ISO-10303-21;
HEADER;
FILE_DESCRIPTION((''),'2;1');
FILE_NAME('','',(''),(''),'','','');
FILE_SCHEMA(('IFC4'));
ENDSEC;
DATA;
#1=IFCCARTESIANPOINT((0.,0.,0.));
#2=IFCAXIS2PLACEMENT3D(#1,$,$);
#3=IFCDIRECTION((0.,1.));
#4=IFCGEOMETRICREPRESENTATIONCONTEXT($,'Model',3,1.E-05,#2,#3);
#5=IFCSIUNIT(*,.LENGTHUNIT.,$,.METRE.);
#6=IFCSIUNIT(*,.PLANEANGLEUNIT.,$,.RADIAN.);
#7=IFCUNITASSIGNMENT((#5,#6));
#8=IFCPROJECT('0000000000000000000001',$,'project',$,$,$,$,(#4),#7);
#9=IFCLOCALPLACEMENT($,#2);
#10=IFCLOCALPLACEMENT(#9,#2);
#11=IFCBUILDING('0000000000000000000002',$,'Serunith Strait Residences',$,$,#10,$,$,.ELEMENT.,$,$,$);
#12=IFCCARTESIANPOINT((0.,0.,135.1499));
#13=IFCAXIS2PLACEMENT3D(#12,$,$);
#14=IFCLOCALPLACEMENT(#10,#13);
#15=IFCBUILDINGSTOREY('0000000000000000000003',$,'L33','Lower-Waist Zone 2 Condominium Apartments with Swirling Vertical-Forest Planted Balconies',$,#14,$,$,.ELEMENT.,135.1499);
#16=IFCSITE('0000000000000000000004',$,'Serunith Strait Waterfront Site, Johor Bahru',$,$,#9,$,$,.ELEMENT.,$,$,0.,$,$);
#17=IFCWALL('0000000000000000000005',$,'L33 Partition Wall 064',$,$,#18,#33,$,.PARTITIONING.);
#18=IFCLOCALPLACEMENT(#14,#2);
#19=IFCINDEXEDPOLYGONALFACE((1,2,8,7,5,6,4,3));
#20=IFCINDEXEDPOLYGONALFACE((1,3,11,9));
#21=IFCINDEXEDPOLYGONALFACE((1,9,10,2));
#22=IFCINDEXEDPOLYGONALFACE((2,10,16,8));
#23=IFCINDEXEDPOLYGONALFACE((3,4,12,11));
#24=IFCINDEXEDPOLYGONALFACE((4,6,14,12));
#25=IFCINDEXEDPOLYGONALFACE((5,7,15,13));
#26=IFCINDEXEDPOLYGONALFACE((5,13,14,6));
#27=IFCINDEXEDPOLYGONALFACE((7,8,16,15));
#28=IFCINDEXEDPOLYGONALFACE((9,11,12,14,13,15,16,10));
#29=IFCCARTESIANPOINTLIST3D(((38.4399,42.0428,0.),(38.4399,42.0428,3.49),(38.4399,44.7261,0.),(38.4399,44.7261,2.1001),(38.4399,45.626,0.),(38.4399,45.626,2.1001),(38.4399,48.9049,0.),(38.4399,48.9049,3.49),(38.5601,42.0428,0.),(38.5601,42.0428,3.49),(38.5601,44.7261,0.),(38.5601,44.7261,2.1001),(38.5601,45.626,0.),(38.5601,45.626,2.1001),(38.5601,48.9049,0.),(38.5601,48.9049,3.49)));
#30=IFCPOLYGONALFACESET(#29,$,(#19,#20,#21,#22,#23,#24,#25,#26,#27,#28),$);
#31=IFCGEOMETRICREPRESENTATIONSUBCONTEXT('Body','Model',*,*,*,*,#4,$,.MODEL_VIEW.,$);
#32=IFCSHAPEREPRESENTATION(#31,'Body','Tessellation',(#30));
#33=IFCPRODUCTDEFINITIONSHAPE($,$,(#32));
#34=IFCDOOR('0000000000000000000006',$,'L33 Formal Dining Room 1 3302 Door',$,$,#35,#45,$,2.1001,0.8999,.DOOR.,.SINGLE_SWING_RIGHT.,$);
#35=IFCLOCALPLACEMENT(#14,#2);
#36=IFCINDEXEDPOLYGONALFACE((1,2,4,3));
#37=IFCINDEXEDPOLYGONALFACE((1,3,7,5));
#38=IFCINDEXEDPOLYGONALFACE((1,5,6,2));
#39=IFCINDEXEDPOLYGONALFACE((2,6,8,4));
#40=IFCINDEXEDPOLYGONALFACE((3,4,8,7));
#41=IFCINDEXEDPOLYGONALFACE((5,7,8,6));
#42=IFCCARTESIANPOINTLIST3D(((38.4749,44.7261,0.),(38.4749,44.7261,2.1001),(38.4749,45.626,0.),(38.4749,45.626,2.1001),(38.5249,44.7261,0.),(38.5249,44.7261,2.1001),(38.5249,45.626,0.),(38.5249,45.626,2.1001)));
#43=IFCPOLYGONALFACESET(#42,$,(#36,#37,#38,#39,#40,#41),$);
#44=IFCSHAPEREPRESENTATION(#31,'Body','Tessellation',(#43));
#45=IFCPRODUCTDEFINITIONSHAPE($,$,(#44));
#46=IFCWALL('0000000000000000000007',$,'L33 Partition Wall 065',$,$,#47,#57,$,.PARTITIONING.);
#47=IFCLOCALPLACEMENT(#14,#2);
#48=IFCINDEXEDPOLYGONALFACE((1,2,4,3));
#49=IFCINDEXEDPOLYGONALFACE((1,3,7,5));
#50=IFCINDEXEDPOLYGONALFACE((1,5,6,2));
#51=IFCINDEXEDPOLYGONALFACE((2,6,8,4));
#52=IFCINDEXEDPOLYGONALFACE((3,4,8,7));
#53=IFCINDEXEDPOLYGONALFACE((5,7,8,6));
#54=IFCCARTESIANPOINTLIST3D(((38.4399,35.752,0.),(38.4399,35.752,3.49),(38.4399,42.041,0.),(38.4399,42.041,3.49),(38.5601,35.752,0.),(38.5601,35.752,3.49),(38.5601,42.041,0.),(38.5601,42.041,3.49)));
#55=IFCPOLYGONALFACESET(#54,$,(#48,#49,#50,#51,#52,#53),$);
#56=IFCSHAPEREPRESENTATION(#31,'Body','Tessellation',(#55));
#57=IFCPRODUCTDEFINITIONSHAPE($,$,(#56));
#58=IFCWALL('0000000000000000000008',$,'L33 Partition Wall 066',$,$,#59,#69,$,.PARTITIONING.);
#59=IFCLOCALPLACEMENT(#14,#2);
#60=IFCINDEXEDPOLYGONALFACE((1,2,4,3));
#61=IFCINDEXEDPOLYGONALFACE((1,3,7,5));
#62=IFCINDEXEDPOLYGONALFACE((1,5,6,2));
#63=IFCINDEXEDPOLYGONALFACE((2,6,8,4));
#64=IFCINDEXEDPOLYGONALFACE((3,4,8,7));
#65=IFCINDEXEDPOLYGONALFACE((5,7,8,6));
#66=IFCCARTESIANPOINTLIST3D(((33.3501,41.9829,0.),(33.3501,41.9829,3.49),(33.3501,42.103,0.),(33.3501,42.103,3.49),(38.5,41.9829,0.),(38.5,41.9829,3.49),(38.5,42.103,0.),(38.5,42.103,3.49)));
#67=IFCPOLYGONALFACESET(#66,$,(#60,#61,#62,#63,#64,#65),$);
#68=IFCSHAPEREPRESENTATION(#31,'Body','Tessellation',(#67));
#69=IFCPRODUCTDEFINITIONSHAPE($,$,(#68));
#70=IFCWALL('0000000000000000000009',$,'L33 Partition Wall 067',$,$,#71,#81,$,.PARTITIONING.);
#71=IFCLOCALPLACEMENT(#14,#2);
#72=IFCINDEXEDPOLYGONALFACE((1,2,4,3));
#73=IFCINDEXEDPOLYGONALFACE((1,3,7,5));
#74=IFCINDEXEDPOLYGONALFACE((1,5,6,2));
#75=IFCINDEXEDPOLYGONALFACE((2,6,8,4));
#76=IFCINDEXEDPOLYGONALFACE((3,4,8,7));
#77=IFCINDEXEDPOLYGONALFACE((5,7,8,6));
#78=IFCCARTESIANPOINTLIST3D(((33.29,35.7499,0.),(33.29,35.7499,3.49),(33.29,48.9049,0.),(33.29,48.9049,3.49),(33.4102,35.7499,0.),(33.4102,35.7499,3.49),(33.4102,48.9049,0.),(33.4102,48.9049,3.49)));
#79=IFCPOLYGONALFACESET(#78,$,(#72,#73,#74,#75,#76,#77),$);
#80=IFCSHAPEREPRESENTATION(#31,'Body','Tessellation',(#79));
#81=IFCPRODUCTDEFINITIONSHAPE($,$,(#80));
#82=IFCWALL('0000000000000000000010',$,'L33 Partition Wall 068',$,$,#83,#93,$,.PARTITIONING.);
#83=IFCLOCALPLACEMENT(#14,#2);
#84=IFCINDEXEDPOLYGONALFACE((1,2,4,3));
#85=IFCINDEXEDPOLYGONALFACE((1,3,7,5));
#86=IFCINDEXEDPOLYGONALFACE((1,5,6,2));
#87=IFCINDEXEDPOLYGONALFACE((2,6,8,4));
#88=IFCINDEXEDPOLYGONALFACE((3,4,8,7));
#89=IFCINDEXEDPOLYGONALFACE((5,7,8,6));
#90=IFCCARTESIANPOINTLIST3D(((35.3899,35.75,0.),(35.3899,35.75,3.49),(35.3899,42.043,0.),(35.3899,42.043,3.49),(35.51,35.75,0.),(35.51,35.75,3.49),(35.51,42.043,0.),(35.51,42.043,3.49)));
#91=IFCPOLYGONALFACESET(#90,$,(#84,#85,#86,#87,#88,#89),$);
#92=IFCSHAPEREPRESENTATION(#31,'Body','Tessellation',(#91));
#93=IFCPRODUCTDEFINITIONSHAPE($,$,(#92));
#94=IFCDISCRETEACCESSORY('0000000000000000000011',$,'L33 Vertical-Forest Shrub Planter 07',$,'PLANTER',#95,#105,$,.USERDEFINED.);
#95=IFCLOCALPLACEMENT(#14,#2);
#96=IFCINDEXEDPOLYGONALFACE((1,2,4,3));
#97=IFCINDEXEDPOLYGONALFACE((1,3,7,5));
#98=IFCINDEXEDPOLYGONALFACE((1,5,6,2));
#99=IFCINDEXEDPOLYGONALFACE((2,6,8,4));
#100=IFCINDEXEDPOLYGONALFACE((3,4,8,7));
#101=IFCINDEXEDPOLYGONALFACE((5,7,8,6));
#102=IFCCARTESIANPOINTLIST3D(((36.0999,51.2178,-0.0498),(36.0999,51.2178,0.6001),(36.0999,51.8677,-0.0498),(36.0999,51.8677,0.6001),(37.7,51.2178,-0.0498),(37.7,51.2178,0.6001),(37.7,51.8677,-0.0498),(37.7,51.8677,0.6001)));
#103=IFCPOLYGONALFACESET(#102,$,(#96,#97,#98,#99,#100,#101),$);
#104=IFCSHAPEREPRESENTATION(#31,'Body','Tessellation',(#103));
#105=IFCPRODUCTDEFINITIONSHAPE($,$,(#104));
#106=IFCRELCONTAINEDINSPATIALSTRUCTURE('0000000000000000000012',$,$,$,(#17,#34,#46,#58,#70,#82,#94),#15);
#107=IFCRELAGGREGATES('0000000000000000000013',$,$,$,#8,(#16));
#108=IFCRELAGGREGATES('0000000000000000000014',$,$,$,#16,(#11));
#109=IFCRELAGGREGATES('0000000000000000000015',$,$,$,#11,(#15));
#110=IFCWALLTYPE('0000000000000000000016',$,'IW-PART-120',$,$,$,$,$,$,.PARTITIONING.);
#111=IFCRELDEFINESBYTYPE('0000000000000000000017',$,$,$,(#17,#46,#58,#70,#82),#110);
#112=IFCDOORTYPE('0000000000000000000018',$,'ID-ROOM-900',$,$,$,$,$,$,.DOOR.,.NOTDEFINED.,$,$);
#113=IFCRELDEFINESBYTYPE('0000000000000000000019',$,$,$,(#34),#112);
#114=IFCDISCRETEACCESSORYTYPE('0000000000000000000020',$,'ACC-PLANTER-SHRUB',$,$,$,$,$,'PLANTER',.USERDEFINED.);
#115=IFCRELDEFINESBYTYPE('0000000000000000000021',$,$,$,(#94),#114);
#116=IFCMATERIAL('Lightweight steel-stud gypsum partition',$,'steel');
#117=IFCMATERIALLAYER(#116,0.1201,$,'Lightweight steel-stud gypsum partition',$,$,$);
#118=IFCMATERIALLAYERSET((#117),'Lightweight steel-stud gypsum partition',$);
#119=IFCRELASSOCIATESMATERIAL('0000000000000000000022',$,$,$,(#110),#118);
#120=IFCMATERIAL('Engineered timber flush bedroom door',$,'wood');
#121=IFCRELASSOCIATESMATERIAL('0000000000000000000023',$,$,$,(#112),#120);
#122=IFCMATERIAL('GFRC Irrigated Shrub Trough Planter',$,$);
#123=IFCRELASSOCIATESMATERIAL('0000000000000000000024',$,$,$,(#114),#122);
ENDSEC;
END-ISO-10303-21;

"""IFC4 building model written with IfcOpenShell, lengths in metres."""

from ifc_helpers import new_model, si_unit, direction, frame, frame_2d, origin, origin_2d, place, context, subcontext, project, spatial, rectangle, extrude, source, transform, mapped, material, layer, layer_set, type_object, element, fill, save


model = new_model("IFC4")

# Units and contexts
model_context = context("Model", 3, precision=1e-05, world=origin(), true_north=direction((0.0, 1.0)))
body_context = subcontext(model_context, "Body", "Model", "MODEL_VIEW")
ifc_project = project(units=[si_unit("LENGTHUNIT", "METRE"), si_unit("PLANEANGLEUNIT", "RADIAN")], contexts=[model_context])

# Site, building, storey
site_placement = place(None, origin())
site = spatial("IfcSite", under=ifc_project, at=site_placement, Name="Serunith Strait Waterfront Site, Johor Bahru", CompositionType="ELEMENT", RefElevation=0.0)
building_placement = place(site_placement, origin())
building = spatial("IfcBuilding", under=site, at=building_placement, Name="Serunith Strait Residences", CompositionType="ELEMENT")
storey_placement = place(building_placement, frame((0.0, 0.0, 135.1499)))
storey = spatial("IfcBuildingStorey", under=building, at=storey_placement, Name="L33", Description="Lower-Waist Zone 2 Condominium Apartments with Swirling Vertical-Forest Planted Balconies", CompositionType="ELEMENT", Elevation=135.1499)

# Shared definitions
ifc_material_1 = material(Name="Lightweight steel-stud gypsum partition", Category="steel")
ifc_layer_1 = layer(ifc_material_1, 0.1201, Name="Lightweight steel-stud gypsum partition")
ifc_layer_set_1 = layer_set([ifc_layer_1], Name="Lightweight steel-stud gypsum partition")
wall_type = type_object("IfcWallType", Name="IW-PART-120", PredefinedType="PARTITIONING", material=ifc_layer_set_1)

# Wall, opening, door
wall_1_placement = place(storey_placement, frame((38.5, 48.905, 0.0), z_axis=(0.0, 0.0, 1.0), x_axis=(0.0, -1.0, 0.0)))
wall_1 = element("IfcWall", 1, at=wall_1_placement, inside=storey, type_object=wall_type, Name="L33 Partition Wall 064", PredefinedType="PARTITIONING", context=body_context, shape_type="SweptSolid", body=[
    extrude(rectangle(XDim=6.8621, YDim=0.1201, at=frame_2d((3.4312, 0.0))), origin(), (0.0, 0.0, 1.0), 3.49),
])
opening_placement = place(wall_1_placement, frame((3.2791, 0.0, 0.0)))
opening = element("IfcOpeningElement", 2, at=opening_placement, cuts=wall_1, PredefinedType="OPENING", context=body_context, shape_type="SweptSolid", body=[
    extrude(rectangle(XDim=0.8999, YDim=2.1001, at=frame_2d((0.45, 1.05))), frame((0.0, 0.0701, 0.0), z_axis=(0.0, -1.0, 0.0), x_axis=(1.0, 0.0, 0.0)), (0.0, 0.0, 1.0), 0.1401),
])
ifc_material_2 = material(Name="Engineered timber flush bedroom door", Category="wood")
door_type = type_object("IfcDoorType", Name="ID-ROOM-900", OperationType="NOTDEFINED", PredefinedType="DOOR", material=ifc_material_2)
shared_shape_1 = source(origin(), body_context, "Body", "SweptSolid", [
    extrude(rectangle(XDim=0.8999, YDim=2.1001, at=frame_2d((0.45, 1.05))), frame((0.0, 0.0249, 0.0), z_axis=(0.0, -1.0, 0.0), x_axis=(1.0, 0.0, 0.0)), (0.0, 0.0, 1.0), 0.05),
])
door_placement = place(opening_placement, origin())
door = element("IfcDoor", 3, at=door_placement, inside=storey, type_object=door_type, Name="L33 Formal Dining Room 1 3302 Door", OperationType="SINGLE_SWING_RIGHT", OverallHeight=2.1001, OverallWidth=0.8999, PredefinedType="DOOR", context=body_context, shape_type="MappedRepresentation", body=[
    mapped(shared_shape_1, transform((0.0, 0.0, 0.0), scale=1.0)),
])
fill(opening, door)

# Walls
wall_2_placement = place(storey_placement, frame((38.5, 42.041, 0.0), z_axis=(0.0, 0.0, 1.0), x_axis=(0.0, -1.0, 0.0)))
element("IfcWall", 4, at=wall_2_placement, inside=storey, type_object=wall_type, Name="L33 Partition Wall 065", PredefinedType="PARTITIONING", context=body_context, shape_type="SweptSolid", body=[
    extrude(rectangle(XDim=6.2891, YDim=0.1201, at=frame_2d((3.1445, 0.0))), origin(), (0.0, 0.0, 1.0), 3.49),
])
wall_3_placement = place(storey_placement, frame((33.3501, 42.043, 0.0), z_axis=(0.0, 0.0, 1.0), x_axis=(1.0, 0.0, 0.0)))
element("IfcWall", 5, at=wall_3_placement, inside=storey, type_object=wall_type, Name="L33 Partition Wall 066", PredefinedType="PARTITIONING", context=body_context, shape_type="SweptSolid", body=[
    extrude(rectangle(XDim=5.1499, YDim=0.1201, at=frame_2d((2.575, 0.0))), origin(), (0.0, 0.0, 1.0), 3.49),
])
wall_4_placement = place(storey_placement, frame((33.3501, 48.905, 0.0), z_axis=(0.0, 0.0, 1.0), x_axis=(0.0, -1.0, 0.0)))
element("IfcWall", 6, at=wall_4_placement, inside=storey, type_object=wall_type, Name="L33 Partition Wall 067", PredefinedType="PARTITIONING", context=body_context, shape_type="SweptSolid", body=[
    extrude(rectangle(XDim=13.155, YDim=0.1201, at=frame_2d((6.5776, 0.0))), origin(), (0.0, 0.0, 1.0), 3.49),
])
wall_5_placement = place(storey_placement, frame((35.45, 42.043, 0.0), z_axis=(0.0, 0.0, 1.0), x_axis=(0.0, -1.0, 0.0)))
element("IfcWall", 7, at=wall_5_placement, inside=storey, type_object=wall_type, Name="L33 Partition Wall 068", PredefinedType="PARTITIONING", context=body_context, shape_type="SweptSolid", body=[
    extrude(rectangle(XDim=6.293, YDim=0.1201, at=frame_2d((3.1465, 0.0))), origin(), (0.0, 0.0, 1.0), 3.49),
])

# Discrete accessory
ifc_material_3 = material(Name="GFRC Irrigated Shrub Trough Planter")
discrete_accessory_type = type_object("IfcDiscreteAccessoryType", Name="ACC-PLANTER-SHRUB", ElementType="PLANTER", PredefinedType="USERDEFINED", material=ifc_material_3)
shared_shape_2 = source(origin(), body_context, "Body", "SweptSolid", [
    extrude(rectangle(XDim=1.6001, YDim=0.6499, at=origin_2d()), origin(), (0.0, 0.0, 1.0), 0.6499),
])
discrete_accessory_placement = place(storey_placement, frame((36.8999, 51.5427, -0.0498), z_axis=(0.0, 0.0, 1.0), x_axis=(-1.0, 0.0, 0.0)))
element("IfcDiscreteAccessory", 8, at=discrete_accessory_placement, inside=storey, type_object=discrete_accessory_type, Name="L33 Vertical-Forest Shrub Planter 07", ObjectType="PLANTER", PredefinedType="USERDEFINED", context=body_context, shape_type="MappedRepresentation", body=[
    mapped(shared_shape_2, transform((0.0, 0.0, 0.0), scale=1.0)),
])

save(model, "model.ifc")
